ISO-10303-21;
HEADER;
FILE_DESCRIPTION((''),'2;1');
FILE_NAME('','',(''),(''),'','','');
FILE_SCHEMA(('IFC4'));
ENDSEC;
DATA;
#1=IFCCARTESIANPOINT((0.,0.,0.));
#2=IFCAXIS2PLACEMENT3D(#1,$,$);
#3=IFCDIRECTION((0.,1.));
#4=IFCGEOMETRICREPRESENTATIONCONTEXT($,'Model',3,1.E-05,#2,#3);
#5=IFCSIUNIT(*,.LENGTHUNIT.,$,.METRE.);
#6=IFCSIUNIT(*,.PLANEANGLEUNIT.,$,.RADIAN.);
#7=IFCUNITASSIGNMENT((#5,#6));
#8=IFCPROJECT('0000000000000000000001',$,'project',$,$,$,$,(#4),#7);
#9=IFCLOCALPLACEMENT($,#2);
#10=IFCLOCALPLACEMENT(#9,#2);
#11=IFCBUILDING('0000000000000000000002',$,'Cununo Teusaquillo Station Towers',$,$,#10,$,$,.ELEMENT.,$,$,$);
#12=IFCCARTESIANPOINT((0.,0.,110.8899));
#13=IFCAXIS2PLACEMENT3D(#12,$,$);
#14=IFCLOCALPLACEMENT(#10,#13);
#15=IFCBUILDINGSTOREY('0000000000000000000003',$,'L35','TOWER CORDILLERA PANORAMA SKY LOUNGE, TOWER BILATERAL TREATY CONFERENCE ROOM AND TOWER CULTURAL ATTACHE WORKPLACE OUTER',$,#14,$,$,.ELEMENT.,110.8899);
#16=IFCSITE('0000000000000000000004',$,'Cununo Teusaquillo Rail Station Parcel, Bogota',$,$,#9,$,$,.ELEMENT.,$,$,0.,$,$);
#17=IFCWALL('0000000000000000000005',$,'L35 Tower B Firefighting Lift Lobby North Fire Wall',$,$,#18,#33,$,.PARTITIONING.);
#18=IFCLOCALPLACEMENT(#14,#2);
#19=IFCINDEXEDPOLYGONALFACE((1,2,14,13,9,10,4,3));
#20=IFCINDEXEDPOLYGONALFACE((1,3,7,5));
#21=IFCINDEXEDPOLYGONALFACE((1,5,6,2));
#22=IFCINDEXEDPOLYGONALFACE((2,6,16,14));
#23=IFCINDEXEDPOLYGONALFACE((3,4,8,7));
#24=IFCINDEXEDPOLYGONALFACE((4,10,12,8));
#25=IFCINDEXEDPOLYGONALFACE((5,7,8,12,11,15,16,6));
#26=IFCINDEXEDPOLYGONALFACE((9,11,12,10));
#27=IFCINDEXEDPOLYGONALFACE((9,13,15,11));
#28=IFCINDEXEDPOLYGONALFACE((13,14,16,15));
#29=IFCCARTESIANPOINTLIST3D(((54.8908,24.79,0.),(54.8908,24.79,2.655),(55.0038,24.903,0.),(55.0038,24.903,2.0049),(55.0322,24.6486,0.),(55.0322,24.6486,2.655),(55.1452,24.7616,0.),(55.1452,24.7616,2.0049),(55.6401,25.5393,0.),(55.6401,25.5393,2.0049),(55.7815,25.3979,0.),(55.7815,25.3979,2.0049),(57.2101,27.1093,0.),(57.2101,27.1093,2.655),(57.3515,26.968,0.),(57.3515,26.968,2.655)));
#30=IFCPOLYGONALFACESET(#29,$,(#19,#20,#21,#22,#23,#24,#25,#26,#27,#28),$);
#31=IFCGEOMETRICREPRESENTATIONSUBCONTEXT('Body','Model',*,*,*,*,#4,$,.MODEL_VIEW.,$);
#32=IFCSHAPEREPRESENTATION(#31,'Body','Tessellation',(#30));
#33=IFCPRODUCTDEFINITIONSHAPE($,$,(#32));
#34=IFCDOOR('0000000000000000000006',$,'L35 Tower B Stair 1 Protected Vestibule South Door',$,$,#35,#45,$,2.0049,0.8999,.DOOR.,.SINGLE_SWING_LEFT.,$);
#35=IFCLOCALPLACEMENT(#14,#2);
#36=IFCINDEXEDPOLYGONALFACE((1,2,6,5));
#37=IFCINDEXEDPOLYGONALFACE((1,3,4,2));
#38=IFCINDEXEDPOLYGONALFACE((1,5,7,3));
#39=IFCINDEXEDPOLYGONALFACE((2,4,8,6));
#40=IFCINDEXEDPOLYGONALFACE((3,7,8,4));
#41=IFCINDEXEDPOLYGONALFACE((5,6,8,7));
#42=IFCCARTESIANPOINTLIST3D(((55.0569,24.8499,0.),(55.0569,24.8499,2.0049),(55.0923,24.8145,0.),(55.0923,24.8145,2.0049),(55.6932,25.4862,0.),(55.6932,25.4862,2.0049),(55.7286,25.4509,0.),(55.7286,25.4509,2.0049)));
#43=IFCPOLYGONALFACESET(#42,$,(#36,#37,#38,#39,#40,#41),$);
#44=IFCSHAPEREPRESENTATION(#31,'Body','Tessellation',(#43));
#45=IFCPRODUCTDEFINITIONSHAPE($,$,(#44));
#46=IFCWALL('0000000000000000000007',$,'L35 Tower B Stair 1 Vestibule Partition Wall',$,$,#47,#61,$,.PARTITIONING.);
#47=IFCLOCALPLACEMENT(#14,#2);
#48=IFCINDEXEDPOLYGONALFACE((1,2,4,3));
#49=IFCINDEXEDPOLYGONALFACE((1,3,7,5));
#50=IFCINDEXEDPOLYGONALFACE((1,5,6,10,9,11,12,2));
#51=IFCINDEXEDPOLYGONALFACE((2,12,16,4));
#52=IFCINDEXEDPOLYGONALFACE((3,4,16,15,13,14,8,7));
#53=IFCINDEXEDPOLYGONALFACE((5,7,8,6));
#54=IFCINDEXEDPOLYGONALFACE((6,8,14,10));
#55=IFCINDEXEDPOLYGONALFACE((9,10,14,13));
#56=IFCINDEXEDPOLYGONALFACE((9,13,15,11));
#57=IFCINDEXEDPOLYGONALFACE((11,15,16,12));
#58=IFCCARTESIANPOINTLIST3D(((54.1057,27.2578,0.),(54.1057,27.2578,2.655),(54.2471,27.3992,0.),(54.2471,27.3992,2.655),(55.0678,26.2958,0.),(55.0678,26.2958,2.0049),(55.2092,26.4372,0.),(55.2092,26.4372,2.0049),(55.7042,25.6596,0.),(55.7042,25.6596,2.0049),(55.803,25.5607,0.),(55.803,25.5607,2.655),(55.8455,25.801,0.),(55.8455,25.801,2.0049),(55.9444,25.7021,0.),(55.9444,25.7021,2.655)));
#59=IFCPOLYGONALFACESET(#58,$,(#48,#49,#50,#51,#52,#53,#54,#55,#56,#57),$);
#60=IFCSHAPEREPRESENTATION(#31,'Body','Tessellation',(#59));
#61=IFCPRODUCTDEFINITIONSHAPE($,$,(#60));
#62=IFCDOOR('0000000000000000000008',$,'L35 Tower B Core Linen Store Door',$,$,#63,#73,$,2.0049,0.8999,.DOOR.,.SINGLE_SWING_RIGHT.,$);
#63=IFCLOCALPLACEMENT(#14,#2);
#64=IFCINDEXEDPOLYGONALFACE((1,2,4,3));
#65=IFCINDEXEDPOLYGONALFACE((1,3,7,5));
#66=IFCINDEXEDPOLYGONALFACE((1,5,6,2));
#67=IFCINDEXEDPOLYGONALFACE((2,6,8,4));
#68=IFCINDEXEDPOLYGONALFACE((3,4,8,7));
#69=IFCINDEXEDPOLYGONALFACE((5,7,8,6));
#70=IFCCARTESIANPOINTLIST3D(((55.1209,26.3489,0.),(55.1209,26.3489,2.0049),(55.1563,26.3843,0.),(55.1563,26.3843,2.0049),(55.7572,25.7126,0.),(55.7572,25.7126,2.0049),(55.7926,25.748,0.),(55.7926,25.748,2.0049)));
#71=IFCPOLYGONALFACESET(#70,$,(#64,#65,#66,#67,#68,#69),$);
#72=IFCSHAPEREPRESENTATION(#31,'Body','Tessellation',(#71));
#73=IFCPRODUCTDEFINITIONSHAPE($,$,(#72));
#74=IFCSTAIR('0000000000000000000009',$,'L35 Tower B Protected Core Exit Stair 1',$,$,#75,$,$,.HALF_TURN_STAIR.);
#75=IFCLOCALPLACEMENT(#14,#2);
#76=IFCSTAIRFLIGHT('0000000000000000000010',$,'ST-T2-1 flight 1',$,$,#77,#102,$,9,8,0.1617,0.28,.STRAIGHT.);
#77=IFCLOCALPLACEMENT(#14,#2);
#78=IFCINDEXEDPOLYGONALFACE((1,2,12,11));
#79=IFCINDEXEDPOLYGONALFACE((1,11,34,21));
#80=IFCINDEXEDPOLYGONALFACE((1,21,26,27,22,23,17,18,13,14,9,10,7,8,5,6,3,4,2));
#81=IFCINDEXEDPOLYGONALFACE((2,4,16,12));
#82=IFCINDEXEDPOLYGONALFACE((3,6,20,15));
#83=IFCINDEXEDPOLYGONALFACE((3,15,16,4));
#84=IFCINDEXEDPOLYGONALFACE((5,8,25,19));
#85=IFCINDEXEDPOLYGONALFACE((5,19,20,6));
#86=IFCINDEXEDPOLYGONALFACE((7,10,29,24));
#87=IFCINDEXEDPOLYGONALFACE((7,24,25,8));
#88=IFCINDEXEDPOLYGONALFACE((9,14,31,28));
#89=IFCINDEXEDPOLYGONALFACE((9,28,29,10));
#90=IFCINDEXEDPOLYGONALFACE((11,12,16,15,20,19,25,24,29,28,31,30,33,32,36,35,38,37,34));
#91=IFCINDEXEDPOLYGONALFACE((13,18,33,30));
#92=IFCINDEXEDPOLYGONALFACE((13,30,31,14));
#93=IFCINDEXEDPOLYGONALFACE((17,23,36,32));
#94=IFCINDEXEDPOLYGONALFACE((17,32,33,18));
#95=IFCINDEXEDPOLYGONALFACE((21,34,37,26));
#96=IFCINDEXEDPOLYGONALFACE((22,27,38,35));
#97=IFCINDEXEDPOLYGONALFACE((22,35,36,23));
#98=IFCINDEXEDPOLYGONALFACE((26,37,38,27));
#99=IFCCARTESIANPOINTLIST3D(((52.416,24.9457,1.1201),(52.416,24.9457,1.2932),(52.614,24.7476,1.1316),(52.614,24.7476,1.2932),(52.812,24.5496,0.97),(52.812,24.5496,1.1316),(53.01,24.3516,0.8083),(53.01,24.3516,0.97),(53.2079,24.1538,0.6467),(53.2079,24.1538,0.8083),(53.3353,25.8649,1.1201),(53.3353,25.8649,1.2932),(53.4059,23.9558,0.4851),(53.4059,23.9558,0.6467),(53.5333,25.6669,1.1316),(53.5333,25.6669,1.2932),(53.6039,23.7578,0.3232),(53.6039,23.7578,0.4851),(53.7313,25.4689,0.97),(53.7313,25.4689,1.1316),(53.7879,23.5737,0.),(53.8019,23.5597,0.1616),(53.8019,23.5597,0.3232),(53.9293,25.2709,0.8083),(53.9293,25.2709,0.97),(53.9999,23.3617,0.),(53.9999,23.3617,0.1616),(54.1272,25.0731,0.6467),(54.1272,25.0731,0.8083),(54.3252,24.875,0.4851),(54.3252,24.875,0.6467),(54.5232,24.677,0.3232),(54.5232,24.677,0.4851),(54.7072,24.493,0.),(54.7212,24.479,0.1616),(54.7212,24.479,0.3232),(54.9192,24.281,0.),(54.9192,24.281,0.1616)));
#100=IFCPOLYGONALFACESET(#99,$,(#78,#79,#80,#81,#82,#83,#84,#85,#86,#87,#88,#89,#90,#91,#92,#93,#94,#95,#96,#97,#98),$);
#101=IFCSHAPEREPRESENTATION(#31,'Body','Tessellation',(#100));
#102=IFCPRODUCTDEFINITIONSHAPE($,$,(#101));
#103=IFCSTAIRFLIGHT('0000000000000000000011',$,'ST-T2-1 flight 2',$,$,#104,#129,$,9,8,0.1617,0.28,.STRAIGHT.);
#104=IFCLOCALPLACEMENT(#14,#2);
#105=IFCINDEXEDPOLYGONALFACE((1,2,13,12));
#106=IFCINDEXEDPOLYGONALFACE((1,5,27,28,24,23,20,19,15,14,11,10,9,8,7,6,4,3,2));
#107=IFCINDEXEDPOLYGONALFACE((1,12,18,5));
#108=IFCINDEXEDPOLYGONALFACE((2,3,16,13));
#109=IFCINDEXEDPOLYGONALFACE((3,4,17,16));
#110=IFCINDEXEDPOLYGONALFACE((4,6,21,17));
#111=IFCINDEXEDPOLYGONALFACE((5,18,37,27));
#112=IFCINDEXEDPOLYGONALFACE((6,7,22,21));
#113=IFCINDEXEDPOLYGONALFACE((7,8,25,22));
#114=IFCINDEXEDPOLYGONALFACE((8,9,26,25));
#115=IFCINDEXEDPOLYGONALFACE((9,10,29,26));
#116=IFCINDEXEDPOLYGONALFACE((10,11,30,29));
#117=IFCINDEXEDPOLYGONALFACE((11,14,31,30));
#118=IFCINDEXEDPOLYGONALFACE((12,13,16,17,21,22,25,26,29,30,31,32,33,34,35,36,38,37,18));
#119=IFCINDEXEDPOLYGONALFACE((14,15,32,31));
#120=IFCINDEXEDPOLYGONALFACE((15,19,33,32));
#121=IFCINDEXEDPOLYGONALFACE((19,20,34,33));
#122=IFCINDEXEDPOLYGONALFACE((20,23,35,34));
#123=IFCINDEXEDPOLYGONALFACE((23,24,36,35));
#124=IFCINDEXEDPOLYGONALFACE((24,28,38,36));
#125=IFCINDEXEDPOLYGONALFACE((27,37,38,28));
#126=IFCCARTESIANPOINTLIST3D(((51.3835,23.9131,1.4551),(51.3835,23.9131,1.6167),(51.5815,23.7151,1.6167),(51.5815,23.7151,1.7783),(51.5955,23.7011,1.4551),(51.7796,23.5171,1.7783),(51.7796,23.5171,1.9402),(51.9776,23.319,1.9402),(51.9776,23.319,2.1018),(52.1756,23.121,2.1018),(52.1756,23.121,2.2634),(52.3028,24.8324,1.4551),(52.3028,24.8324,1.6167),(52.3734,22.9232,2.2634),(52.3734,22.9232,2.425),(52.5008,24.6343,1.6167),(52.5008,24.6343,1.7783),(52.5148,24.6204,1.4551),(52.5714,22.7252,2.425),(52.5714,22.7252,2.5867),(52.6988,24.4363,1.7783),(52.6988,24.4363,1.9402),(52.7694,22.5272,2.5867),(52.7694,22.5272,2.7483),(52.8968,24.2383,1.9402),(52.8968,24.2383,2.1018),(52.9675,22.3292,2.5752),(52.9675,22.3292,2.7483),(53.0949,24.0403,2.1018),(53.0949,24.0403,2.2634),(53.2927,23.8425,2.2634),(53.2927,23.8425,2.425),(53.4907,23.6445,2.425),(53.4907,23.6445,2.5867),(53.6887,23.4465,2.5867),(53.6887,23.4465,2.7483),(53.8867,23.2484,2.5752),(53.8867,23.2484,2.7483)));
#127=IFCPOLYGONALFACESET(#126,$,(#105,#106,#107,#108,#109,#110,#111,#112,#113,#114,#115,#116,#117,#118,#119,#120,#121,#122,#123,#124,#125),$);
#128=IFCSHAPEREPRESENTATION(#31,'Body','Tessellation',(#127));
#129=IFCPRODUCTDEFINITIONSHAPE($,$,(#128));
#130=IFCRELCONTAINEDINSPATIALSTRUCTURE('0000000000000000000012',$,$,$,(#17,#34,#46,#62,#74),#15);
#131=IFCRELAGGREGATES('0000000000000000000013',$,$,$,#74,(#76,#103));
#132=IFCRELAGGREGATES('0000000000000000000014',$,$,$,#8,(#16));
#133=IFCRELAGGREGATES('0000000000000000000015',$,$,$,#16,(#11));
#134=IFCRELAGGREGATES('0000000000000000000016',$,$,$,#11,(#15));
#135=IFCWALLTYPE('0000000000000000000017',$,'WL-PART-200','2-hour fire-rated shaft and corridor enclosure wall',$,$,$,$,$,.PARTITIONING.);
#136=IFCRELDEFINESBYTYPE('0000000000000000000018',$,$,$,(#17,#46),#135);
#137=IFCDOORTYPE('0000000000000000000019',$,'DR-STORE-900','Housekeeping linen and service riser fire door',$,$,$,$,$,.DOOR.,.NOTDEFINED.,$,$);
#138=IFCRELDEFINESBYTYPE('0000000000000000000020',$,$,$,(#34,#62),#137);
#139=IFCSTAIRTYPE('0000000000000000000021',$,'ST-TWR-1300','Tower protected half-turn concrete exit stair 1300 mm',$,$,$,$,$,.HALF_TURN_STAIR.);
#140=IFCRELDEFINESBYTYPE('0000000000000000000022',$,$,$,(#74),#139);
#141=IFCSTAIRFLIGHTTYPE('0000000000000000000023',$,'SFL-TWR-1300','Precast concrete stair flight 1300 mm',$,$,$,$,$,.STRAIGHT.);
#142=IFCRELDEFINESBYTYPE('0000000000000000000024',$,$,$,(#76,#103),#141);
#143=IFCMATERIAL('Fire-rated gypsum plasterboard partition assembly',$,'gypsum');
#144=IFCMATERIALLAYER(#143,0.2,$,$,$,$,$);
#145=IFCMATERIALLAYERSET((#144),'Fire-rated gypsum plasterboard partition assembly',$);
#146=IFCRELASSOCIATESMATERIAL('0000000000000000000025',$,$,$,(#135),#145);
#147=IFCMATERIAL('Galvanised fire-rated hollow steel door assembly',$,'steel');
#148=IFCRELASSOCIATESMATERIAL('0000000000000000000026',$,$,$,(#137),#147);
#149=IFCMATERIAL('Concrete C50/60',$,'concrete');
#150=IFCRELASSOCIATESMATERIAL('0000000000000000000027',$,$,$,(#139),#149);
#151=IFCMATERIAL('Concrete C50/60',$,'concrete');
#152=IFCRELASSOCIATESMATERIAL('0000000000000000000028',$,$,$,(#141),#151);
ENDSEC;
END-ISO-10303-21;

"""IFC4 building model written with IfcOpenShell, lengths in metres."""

from ifc_helpers import new_model, si_unit, direction, frame, frame_2d, origin, place, context, subcontext, project, spatial, polyline, rectangle, outline, extrude, source, transform, mapped, material, layer, layer_set, type_object, element, fill, aggregate, save


model = new_model("IFC4")

# Units and contexts
model_context = context("Model", 3, precision=1e-05, world=origin(), true_north=direction((0.0, 1.0)))
body_context = subcontext(model_context, "Body", "Model", "MODEL_VIEW")
ifc_project = project(units=[si_unit("LENGTHUNIT", "METRE"), si_unit("PLANEANGLEUNIT", "RADIAN")], contexts=[model_context])

# Site, building, storey
site_placement = place(None, origin())
site = spatial("IfcSite", under=ifc_project, at=site_placement, Name="Cununo Teusaquillo Rail Station Parcel, Bogota", CompositionType="ELEMENT", RefElevation=0.0)
building_placement = place(site_placement, origin())
building = spatial("IfcBuilding", under=site, at=building_placement, Name="Cununo Teusaquillo Station Towers", CompositionType="ELEMENT")
storey_placement = place(building_placement, frame((0.0, 0.0, 110.8899)))
storey = spatial("IfcBuildingStorey", under=building, at=storey_placement, Name="L35", Description="TOWER CORDILLERA PANORAMA SKY LOUNGE, TOWER BILATERAL TREATY CONFERENCE ROOM AND TOWER CULTURAL ATTACHE WORKPLACE OUTER", CompositionType="ELEMENT", Elevation=110.8899)

# Walls, openings, doors
ifc_material_1 = material(Name="Fire-rated gypsum plasterboard partition assembly", Category="gypsum")
ifc_layer_1 = layer(ifc_material_1, 0.2)
ifc_layer_set_1 = layer_set([ifc_layer_1], Name="Fire-rated gypsum plasterboard partition assembly")
wall_type_1 = type_object("IfcWallType", Name="WL-PART-200", Description="2-hour fire-rated shaft and corridor enclosure wall", PredefinedType="PARTITIONING", material=ifc_layer_set_1)
wall_1_placement = place(storey_placement, frame((54.9614, 24.7192, 0.0), z_axis=(0.0, 0.0, 1.0), x_axis=(0.707107, 0.707107, 0.0)))
wall_1 = element("IfcWall", 1, at=wall_1_placement, inside=storey, type_object=wall_type_1, Name="L35 Tower B Firefighting Lift Lobby North Fire Wall", PredefinedType="PARTITIONING", context=body_context, shape_type="SweptSolid", body=[
    extrude(rectangle(XDim=3.28, YDim=0.2, at=frame_2d((1.6401, 0.0))), origin(), (0.0, 0.0, 1.0), 2.655),
])
shared_shape_1 = source(origin(), body_context, "Body", "SweptSolid", [
    extrude(rectangle(XDim=0.8999, YDim=2.0049, at=frame_2d((0.45, 1.0024))), frame((0.0, 0.1099, 0.0), z_axis=(0.0, -1.0, 0.0), x_axis=(1.0, 0.0, 0.0)), (0.0, 0.0, 1.0), 0.22),
])
opening_1_placement = place(wall_1_placement, frame((0.1599, 0.0, 0.0)))
opening_1 = element("IfcOpeningElement", 2, at=opening_1_placement, cuts=wall_1, PredefinedType="OPENING", context=body_context, shape_type="MappedRepresentation", body=[
    mapped(shared_shape_1, transform((0.0, 0.0, 0.0), x_axis=(1.0, 0.0, 0.0), y_axis=(0.0, 1.0, 0.0), z_axis=(0.0, 0.0, 1.0), scale=1.0)),
])
ifc_material_2 = material(Name="Galvanised fire-rated hollow steel door assembly", Category="steel")
door_type_1 = type_object("IfcDoorType", Name="DR-STORE-900", Description="Housekeeping linen and service riser fire door", OperationType="NOTDEFINED", PredefinedType="DOOR", material=ifc_material_2)
shared_shape_2 = source(origin(), body_context, "Body", "SweptSolid", [
    extrude(rectangle(XDim=0.8999, YDim=2.0049, at=frame_2d((0.45, 1.0024))), frame((0.0, 0.0249, 0.0), z_axis=(0.0, -1.0, 0.0), x_axis=(1.0, 0.0, 0.0)), (0.0, 0.0, 1.0), 0.05),
])
door_1_placement = place(opening_1_placement, origin())
door_1 = element("IfcDoor", 3, at=door_1_placement, inside=storey, type_object=door_type_1, Name="L35 Tower B Stair 1 Protected Vestibule South Door", OperationType="SINGLE_SWING_LEFT", OverallHeight=2.0049, OverallWidth=0.8999, PredefinedType="DOOR", context=body_context, shape_type="MappedRepresentation", body=[
    mapped(shared_shape_2, transform((0.0, 0.0, 0.0), x_axis=(1.0, 0.0, 0.0), y_axis=(0.0, 1.0, 0.0), z_axis=(0.0, 0.0, 1.0), scale=1.0)),
])
fill(opening_1, door_1)
wall_2_placement = place(storey_placement, frame((55.8738, 25.6313, 0.0), z_axis=(0.0, 0.0, 1.0), x_axis=(-0.707158, 0.707056, 0.0)))
wall_2 = element("IfcWall", 4, at=wall_2_placement, inside=storey, type_object=wall_type_1, Name="L35 Tower B Stair 1 Vestibule Partition Wall", PredefinedType="PARTITIONING", context=body_context, shape_type="SweptSolid", body=[
    extrude(rectangle(XDim=2.4001, YDim=0.2, at=frame_2d((1.2002, 0.0))), origin(), (0.0, 0.0, 1.0), 2.655),
])
opening_2_placement = place(wall_2_placement, frame((0.1399, 0.0, 0.0)))
opening_2 = element("IfcOpeningElement", 5, at=opening_2_placement, cuts=wall_2, PredefinedType="OPENING", context=body_context, shape_type="MappedRepresentation", body=[
    mapped(shared_shape_1, transform((0.0, 0.0, 0.0), x_axis=(1.0, 0.0, 0.0), y_axis=(0.0, 1.0, 0.0), z_axis=(0.0, 0.0, 1.0), scale=1.0)),
])
door_2_placement = place(opening_2_placement, origin())
door_2 = element("IfcDoor", 6, at=door_2_placement, inside=storey, type_object=door_type_1, Name="L35 Tower B Core Linen Store Door", OperationType="SINGLE_SWING_RIGHT", OverallHeight=2.0049, OverallWidth=0.8999, PredefinedType="DOOR", context=body_context, shape_type="MappedRepresentation", body=[
    mapped(shared_shape_2, transform((0.0, 0.0, 0.0), x_axis=(1.0, 0.0, 0.0), y_axis=(0.0, 1.0, 0.0), z_axis=(0.0, 0.0, 1.0), scale=1.0)),
])
fill(opening_2, door_2)

# Stair, stair flights
ifc_material_3 = material(Name="Concrete C50/60", Category="concrete")
stair_type = type_object("IfcStairType", Name="ST-TWR-1300", Description="Tower protected half-turn concrete exit stair 1300 mm", PredefinedType="HALF_TURN_STAIR", material=ifc_material_3)
stair_placement = place(storey_placement, origin())
stair = element("IfcStair", 7, at=stair_placement, inside=storey, type_object=stair_type, Name="L35 Tower B Protected Core Exit Stair 1", PredefinedType="HALF_TURN_STAIR")
ifc_material_4 = material(Name="Concrete C50/60", Category="concrete")
stair_flight_type = type_object("IfcStairFlightType", Name="SFL-TWR-1300", Description="Precast concrete stair flight 1300 mm", PredefinedType="STRAIGHT", material=ifc_material_4)
stair_flight_1_placement = place(storey_placement, frame((54.4595, 23.8213, 0.0), z_axis=(0.0, 0.0, 1.0), x_axis=(-0.707107, 0.707107, 0.0)))
stair_flight_1 = element("IfcStairFlight", 8, at=stair_flight_1_placement, type_object=stair_flight_type, Name="ST-T2-1 flight 1", NumberOfRisers=9, NumberOfTreads=8, PredefinedType="STRAIGHT", RiserHeight=0.1617, TreadLength=0.28, context=body_context, shape_type="SweptSolid", body=[
    extrude(outline(polyline([(0.0, 0.0), (0.0, 0.1616), (0.28, 0.1616), (0.28, 0.3232), (0.5601, 0.3232), (0.5601, 0.4851), (0.8401, 0.4851), (0.8401, 0.6467), (1.1201, 0.6467), (1.1201, 0.8083), (1.3999, 0.8083), (1.3999, 0.97), (1.6799, 0.97), (1.6799, 1.1316), (1.96, 1.1316), (1.96, 1.2932), (2.24, 1.2932), (2.24, 1.4551), (2.24, 1.1201), (0.2998, 0.0), (0.0, 0.0)])), frame((0.0, 0.6499, 0.0), z_axis=(0.0, -1.0, 0.0), x_axis=(1.0, 0.0, 0.0)), (0.0, 0.0, 1.0), 1.3),
])
stair_flight_2_placement = place(storey_placement, frame((51.8433, 24.3728, 1.4551), z_axis=(0.0, 0.0, 1.0), x_axis=(0.707107, -0.707107, 0.0)))
stair_flight_2 = element("IfcStairFlight", 9, at=stair_flight_2_placement, type_object=stair_flight_type, Name="ST-T2-1 flight 2", NumberOfRisers=9, NumberOfTreads=8, PredefinedType="STRAIGHT", RiserHeight=0.1617, TreadLength=0.28, context=body_context, shape_type="SweptSolid", body=[
    extrude(outline(polyline([(0.0, 0.0), (0.0, 0.1616), (0.28, 0.1616), (0.28, 0.3232), (0.5601, 0.3232), (0.5601, 0.4851), (0.8401, 0.4851), (0.8401, 0.6467), (1.1201, 0.6467), (1.1201, 0.8083), (1.3999, 0.8083), (1.3999, 0.97), (1.6799, 0.97), (1.6799, 1.1316), (1.96, 1.1316), (1.96, 1.2932), (2.24, 1.2932), (2.24, 1.4551), (2.24, 1.1201), (0.2998, 0.0), (0.0, 0.0)])), frame((0.0, 0.6499, 0.0), z_axis=(0.0, -1.0, 0.0), x_axis=(1.0, 0.0, 0.0)), (0.0, 0.0, 1.0), 1.3),
])
aggregate(stair, [stair_flight_1, stair_flight_2])

save(model, "model.ifc")
